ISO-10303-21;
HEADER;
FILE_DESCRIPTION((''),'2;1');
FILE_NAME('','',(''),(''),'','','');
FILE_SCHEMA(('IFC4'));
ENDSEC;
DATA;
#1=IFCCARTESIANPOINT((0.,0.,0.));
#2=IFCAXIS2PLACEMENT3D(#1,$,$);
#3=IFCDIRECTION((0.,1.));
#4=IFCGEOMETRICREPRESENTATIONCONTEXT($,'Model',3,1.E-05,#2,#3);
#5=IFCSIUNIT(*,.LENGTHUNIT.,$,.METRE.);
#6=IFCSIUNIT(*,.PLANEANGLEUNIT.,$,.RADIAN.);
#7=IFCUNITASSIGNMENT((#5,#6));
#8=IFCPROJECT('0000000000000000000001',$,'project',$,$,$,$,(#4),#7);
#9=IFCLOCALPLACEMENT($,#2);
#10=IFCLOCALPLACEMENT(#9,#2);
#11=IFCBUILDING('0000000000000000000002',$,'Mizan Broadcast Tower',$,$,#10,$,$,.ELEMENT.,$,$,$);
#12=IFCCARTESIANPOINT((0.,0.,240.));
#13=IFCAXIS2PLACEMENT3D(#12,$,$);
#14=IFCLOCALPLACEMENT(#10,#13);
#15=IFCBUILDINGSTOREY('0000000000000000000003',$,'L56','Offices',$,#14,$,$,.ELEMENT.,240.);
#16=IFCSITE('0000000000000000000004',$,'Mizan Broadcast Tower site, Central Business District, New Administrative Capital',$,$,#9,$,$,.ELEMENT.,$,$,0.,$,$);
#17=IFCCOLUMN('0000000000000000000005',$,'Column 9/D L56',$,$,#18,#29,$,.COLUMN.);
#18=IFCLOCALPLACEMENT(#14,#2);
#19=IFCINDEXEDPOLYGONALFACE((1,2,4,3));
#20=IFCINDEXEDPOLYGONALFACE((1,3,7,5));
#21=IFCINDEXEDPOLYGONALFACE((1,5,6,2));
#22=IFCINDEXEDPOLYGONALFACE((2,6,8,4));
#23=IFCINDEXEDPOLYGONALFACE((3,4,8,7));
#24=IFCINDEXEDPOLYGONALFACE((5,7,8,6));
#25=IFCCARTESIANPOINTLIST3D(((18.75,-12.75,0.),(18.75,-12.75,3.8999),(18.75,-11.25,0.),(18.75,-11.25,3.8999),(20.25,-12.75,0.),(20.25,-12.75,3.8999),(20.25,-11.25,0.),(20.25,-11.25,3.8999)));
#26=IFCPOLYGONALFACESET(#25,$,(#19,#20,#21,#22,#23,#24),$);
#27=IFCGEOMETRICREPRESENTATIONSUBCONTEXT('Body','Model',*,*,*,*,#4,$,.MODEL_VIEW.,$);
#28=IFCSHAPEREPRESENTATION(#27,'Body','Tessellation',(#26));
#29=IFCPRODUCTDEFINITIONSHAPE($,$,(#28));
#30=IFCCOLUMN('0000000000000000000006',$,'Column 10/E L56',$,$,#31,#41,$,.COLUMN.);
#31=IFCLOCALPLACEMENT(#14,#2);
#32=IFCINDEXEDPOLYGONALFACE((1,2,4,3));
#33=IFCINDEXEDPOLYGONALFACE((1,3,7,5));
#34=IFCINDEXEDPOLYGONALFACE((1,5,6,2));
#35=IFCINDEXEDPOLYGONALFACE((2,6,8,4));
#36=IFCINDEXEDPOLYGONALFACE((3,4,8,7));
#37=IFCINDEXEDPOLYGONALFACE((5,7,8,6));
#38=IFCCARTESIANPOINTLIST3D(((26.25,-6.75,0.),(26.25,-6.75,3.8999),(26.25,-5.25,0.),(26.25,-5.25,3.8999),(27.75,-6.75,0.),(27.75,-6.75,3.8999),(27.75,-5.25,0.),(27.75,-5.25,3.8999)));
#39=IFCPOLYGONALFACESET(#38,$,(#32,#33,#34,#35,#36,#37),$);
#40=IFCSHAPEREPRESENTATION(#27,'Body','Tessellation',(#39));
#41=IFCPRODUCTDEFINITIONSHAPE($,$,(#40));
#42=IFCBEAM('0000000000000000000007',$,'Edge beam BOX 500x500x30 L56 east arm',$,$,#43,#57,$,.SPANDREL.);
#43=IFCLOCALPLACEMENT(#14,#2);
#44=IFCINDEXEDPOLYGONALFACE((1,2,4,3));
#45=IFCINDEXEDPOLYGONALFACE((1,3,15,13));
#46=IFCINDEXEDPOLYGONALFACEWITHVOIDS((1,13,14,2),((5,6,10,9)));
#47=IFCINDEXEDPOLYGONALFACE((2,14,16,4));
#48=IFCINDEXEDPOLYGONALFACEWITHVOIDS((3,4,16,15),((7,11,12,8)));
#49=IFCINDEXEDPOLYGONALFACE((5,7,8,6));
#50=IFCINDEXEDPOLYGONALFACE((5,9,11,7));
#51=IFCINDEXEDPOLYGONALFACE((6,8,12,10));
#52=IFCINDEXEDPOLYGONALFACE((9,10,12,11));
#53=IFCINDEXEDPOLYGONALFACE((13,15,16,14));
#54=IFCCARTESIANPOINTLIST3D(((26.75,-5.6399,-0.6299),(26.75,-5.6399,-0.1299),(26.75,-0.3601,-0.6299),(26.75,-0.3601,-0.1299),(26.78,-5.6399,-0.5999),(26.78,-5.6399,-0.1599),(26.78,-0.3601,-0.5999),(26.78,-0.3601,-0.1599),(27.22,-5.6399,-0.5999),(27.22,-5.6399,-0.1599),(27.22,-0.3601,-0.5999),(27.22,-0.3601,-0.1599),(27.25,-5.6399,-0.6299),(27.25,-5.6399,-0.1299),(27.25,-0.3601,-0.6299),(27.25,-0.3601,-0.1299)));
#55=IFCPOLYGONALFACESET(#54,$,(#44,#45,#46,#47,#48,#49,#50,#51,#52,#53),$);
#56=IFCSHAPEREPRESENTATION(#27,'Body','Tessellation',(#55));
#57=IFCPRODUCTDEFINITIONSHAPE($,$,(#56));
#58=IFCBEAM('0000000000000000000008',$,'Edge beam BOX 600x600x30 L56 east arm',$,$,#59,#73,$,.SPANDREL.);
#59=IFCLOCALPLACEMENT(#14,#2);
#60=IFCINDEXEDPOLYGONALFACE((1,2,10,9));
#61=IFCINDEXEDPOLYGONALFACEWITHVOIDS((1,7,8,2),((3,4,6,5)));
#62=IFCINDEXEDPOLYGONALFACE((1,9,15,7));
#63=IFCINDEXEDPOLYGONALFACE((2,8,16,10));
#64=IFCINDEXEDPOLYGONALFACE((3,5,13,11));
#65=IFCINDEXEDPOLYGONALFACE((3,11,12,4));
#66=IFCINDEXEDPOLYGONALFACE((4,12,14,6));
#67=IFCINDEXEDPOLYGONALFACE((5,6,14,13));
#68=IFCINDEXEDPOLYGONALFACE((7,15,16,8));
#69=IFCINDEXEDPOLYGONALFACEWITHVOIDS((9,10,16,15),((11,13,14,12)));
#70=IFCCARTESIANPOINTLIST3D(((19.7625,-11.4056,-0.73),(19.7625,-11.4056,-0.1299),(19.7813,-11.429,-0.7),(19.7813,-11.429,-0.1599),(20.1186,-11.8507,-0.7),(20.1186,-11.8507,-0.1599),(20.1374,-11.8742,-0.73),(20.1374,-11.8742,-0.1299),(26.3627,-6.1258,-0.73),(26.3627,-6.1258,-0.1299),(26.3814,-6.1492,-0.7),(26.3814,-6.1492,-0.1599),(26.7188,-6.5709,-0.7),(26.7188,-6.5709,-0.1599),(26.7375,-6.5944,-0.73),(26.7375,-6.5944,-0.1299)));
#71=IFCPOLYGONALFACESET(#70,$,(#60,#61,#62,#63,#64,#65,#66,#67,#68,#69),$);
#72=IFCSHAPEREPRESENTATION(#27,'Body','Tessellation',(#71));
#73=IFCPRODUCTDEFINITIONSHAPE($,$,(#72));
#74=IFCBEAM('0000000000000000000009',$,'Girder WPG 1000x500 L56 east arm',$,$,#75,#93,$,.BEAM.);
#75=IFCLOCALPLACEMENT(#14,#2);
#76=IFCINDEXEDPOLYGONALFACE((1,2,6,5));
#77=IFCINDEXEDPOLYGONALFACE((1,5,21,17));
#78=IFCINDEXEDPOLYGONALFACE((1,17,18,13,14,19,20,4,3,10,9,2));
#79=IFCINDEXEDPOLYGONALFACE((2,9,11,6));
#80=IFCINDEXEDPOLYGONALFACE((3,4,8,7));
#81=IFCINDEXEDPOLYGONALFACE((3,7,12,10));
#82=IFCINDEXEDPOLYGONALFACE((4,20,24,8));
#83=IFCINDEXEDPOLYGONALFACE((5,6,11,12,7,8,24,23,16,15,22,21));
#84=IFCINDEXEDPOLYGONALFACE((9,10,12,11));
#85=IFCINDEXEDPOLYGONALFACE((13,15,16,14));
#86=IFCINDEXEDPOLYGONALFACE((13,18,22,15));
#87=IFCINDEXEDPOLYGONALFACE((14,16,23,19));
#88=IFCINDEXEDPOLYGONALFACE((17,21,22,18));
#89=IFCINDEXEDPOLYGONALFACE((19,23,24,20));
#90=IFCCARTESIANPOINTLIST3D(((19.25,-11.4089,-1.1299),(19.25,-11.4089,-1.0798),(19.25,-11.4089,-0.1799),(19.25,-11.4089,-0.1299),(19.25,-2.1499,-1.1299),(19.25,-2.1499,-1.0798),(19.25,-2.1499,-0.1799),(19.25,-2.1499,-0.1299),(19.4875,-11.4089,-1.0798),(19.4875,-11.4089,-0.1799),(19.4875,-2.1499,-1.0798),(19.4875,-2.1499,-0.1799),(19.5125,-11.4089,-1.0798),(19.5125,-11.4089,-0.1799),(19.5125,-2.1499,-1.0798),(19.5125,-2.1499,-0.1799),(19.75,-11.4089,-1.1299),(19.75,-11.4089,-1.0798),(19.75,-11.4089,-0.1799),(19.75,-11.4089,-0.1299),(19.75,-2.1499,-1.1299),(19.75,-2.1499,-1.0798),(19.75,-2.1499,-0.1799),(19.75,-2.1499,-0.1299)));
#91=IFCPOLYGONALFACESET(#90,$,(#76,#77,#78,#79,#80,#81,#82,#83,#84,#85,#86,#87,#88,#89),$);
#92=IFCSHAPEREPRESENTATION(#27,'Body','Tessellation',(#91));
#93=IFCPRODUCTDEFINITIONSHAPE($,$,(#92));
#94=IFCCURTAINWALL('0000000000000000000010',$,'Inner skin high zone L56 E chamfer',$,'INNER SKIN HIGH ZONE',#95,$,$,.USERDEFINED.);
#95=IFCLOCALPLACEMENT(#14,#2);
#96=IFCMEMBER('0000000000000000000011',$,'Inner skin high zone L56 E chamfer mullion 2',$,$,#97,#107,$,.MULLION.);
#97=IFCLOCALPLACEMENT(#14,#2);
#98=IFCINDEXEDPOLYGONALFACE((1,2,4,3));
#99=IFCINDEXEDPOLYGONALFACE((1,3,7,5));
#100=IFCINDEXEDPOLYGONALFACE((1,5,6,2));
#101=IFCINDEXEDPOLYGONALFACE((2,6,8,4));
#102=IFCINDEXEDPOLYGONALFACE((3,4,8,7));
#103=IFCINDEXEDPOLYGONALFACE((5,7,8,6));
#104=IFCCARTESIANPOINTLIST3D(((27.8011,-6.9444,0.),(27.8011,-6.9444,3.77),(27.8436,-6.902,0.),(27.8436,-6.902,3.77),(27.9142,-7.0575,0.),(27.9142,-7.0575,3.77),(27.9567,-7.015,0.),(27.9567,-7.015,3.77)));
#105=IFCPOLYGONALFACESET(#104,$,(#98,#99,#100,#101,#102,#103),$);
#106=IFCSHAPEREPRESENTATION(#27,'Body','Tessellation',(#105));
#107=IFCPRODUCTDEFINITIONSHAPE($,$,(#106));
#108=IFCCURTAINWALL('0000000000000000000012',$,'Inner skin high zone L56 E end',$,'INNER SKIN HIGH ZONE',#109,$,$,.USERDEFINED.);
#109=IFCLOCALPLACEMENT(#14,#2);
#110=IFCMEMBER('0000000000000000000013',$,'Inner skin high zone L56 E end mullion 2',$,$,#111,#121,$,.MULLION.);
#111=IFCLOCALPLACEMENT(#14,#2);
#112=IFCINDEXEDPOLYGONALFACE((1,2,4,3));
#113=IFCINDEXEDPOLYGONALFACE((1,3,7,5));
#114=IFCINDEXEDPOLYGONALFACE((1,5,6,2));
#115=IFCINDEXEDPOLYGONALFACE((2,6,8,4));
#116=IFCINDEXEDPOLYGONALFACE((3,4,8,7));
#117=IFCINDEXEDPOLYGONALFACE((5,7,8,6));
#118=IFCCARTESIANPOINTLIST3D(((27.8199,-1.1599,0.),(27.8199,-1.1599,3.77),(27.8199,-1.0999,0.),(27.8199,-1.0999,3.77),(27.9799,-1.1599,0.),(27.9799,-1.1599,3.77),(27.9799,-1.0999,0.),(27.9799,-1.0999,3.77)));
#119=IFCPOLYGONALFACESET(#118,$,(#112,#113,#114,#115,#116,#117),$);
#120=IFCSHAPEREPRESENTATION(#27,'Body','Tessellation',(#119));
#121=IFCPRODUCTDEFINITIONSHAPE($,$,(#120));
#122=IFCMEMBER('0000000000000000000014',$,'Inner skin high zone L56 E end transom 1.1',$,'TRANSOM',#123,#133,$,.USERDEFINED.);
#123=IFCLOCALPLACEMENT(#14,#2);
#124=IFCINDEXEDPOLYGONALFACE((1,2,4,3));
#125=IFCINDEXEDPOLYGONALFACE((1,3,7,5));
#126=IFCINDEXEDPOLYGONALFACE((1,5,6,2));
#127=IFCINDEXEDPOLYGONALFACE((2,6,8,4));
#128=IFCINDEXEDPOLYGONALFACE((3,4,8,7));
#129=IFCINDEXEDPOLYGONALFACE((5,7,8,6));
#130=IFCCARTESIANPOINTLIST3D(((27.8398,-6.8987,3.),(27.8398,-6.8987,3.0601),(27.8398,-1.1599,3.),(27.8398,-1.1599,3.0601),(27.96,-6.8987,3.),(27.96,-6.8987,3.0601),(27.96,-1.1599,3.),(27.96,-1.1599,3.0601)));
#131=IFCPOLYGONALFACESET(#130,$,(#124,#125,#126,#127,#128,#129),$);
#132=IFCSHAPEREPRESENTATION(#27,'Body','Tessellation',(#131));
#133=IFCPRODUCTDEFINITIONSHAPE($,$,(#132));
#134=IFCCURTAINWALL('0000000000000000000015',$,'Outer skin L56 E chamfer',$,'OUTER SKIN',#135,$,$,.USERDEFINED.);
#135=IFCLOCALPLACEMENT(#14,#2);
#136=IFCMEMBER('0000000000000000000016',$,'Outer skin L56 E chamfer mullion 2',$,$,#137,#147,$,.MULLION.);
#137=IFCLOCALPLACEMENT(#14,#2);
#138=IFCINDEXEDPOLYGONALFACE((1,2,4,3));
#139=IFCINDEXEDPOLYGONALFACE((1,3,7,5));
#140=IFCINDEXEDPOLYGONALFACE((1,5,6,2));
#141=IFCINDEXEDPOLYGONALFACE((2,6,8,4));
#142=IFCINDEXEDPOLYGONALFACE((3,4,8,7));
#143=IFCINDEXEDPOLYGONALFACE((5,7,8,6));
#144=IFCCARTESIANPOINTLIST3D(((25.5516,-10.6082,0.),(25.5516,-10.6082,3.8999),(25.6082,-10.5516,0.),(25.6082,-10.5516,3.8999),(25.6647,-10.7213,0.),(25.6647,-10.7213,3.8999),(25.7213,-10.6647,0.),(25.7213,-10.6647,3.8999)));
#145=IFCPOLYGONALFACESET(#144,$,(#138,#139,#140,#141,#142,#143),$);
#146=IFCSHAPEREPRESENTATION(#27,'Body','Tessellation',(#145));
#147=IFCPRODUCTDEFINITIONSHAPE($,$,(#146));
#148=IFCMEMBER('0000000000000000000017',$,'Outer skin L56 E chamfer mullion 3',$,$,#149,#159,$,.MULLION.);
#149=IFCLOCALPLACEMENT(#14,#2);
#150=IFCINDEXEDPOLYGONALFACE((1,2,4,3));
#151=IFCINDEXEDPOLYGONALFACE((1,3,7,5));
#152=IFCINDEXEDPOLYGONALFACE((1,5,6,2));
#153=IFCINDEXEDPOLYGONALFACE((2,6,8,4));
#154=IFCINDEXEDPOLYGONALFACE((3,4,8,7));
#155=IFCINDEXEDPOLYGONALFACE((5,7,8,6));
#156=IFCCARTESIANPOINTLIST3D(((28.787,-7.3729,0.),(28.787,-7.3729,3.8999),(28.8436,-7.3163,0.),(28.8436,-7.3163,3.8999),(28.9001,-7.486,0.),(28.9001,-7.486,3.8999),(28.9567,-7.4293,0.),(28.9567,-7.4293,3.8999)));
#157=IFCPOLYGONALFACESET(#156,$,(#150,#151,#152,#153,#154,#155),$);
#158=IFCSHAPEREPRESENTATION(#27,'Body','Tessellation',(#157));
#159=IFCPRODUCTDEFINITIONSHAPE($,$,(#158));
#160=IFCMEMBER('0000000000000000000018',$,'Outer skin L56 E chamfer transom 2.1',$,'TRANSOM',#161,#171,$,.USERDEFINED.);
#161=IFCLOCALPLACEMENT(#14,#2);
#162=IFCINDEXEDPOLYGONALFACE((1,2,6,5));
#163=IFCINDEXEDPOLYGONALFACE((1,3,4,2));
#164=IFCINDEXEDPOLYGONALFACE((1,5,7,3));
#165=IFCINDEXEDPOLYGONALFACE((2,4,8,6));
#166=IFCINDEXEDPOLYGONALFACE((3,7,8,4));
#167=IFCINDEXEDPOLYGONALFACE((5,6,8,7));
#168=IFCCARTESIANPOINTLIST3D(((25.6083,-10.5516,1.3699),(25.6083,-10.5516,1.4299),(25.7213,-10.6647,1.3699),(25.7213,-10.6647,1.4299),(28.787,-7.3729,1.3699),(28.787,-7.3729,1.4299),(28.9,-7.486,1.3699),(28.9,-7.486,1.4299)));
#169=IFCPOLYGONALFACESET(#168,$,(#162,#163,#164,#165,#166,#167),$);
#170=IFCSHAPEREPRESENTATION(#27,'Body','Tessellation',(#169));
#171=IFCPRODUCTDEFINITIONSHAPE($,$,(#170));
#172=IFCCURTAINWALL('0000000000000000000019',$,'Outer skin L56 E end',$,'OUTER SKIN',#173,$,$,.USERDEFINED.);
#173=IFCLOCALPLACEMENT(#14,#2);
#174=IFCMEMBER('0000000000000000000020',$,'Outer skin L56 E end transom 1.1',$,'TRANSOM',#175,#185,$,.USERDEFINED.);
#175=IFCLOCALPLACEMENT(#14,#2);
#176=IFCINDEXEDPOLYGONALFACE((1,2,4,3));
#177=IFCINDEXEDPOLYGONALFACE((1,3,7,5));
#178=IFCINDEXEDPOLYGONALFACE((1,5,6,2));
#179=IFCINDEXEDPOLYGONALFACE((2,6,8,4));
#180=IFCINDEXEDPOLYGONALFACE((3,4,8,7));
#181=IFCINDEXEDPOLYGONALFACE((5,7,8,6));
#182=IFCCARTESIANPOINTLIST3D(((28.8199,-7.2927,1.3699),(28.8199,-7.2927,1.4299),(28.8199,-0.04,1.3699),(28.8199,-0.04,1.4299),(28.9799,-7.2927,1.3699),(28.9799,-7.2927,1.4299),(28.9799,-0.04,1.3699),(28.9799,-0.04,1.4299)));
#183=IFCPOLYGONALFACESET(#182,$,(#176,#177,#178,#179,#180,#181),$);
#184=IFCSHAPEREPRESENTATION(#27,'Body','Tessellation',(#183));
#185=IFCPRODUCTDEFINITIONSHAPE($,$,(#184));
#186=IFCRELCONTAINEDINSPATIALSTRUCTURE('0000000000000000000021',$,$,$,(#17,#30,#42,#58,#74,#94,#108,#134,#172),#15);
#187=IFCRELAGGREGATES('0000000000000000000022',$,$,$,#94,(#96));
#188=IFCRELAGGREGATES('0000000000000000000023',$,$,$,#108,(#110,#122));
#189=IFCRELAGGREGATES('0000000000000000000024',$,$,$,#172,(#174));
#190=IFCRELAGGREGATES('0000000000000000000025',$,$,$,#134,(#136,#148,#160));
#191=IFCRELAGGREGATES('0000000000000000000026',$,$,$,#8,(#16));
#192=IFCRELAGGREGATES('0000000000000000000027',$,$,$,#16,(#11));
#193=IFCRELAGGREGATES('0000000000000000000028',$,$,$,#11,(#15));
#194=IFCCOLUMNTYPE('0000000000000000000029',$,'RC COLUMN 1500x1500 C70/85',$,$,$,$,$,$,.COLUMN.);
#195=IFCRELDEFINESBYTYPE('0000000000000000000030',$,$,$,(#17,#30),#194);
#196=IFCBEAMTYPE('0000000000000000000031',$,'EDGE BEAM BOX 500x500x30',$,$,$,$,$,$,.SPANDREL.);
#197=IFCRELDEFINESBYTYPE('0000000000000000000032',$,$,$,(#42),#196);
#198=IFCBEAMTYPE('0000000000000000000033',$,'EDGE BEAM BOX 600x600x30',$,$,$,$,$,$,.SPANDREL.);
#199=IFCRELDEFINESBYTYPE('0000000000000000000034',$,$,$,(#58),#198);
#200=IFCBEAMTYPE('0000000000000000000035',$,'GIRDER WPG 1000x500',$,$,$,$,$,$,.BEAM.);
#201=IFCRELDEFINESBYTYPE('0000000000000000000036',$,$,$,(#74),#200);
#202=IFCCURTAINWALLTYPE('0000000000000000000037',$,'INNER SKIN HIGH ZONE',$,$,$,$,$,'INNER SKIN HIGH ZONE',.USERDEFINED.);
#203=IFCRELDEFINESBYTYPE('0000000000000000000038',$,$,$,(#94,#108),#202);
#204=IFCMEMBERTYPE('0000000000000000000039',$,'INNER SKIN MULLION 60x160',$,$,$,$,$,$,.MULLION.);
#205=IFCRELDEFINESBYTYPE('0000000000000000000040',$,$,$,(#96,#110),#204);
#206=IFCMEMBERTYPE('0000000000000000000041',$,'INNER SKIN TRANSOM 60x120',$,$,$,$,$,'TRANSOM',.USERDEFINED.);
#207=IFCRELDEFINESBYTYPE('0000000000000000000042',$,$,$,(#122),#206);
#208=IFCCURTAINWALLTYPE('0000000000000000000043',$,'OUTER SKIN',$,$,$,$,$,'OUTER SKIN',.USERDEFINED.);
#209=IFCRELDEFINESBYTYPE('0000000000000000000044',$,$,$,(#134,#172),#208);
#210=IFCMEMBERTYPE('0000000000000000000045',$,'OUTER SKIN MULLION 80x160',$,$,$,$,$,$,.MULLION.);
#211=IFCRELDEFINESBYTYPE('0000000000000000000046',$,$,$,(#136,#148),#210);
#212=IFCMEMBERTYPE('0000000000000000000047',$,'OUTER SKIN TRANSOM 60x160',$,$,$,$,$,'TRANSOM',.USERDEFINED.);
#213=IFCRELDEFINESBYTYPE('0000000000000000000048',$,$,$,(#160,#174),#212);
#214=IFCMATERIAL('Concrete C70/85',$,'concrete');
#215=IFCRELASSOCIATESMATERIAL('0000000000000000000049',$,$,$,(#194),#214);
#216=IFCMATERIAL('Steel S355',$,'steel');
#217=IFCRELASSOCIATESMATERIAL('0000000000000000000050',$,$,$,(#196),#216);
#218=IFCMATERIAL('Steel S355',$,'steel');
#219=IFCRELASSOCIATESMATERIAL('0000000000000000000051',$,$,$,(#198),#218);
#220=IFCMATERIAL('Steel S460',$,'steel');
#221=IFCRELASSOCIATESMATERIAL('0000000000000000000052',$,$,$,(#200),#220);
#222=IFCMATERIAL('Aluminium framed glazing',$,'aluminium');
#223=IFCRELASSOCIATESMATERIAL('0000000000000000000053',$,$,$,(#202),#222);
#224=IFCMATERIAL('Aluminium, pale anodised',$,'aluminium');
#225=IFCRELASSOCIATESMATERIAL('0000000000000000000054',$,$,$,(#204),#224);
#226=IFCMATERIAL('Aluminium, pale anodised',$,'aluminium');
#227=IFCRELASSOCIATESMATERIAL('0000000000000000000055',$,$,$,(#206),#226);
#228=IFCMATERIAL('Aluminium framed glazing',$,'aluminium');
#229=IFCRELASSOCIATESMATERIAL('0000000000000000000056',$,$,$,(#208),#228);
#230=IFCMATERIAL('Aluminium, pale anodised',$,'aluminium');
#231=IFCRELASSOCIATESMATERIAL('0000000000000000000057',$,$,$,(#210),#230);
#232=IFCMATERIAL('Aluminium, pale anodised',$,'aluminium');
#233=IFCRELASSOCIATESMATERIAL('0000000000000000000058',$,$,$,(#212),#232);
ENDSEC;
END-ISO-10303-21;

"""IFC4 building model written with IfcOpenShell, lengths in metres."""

from ifc_helpers import new_model, si_unit, direction, frame, origin, origin_2d, place, context, subcontext, project, spatial, rectangle, hollow_rectangle, i_section, extrude, material, material_profile, profile_set, type_object, element, aggregate, save


model = new_model("IFC4")

# Units and contexts
model_context = context("Model", 3, precision=1e-05, world=origin(), true_north=direction((0.0, 1.0)))
body_context = subcontext(model_context, "Body", "Model", "MODEL_VIEW")
ifc_project = project(units=[si_unit("LENGTHUNIT", "METRE"), si_unit("PLANEANGLEUNIT", "RADIAN")], contexts=[model_context])

# Site, building, storey
site_placement = place(None, origin())
site = spatial("IfcSite", under=ifc_project, at=site_placement, Name="Mizan Broadcast Tower site, Central Business District, New Administrative Capital", CompositionType="ELEMENT", RefElevation=0.0)
building_placement = place(site_placement, origin())
building = spatial("IfcBuilding", under=site, at=building_placement, Name="Mizan Broadcast Tower", CompositionType="ELEMENT")
storey_placement = place(building_placement, frame((0.0, 0.0, 240.0)))
storey = spatial("IfcBuildingStorey", under=building, at=storey_placement, Name="L56", Description="Offices", CompositionType="ELEMENT", Elevation=240.0)

# Columns
ifc_material_1 = material(Name="Concrete C70/85", Category="concrete")
ifc_material_profile_1 = material_profile(ifc_material_1, rectangle(XDim=1.5, YDim=1.5, at=origin_2d()), Name="RC 1500x1500")
ifc_profile_set_1 = profile_set([ifc_material_profile_1], Name="Concrete C70/85")
column_type = type_object("IfcColumnType", Name="RC COLUMN 1500x1500 C70/85", PredefinedType="COLUMN", material=ifc_profile_set_1)
for number, where, z_axis, x_axis, name in (
    (1, (19.5, -12.0, 0.0), (0.0, 0.0, 1.0), (1.0, 0.0, 0.0), "Column 9/D L56"),
    (2, (27.0, -6.0, 0.0), (0.0, 0.0, 1.0), (1.0, 0.0, 0.0), "Column 10/E L56"),
):
    element("IfcColumn", number, at=place(storey_placement, frame(where, z_axis=z_axis, x_axis=x_axis)), inside=storey, type_object=column_type, Name=name, PredefinedType="COLUMN", context=body_context, shape_type="SweptSolid", body=[
        extrude(rectangle(XDim=1.5, YDim=1.5, at=origin_2d()), origin(), (0.0, 0.0, 1.0), 3.8999),
    ])

# Beams
ifc_material_2 = material(Name="Steel S355", Category="steel")
ifc_material_profile_2 = material_profile(ifc_material_2, hollow_rectangle(XDim=0.5, YDim=0.5, WallThickness=0.03, at=origin_2d()), Name="BOX 500x500x30")
ifc_profile_set_2 = profile_set([ifc_material_profile_2], Name="Steel S355")
beam_type_1 = type_object("IfcBeamType", Name="EDGE BEAM BOX 500x500x30", PredefinedType="SPANDREL", material=ifc_profile_set_2)
beam_1_placement = place(storey_placement, frame((27.0, -5.6399, -0.3799), z_axis=(0.0, 1.0, 0.0), x_axis=(-1.0, 0.0, 0.0)))
element("IfcBeam", 3, at=beam_1_placement, inside=storey, type_object=beam_type_1, Name="Edge beam BOX 500x500x30 L56 east arm", PredefinedType="SPANDREL", context=body_context, shape_type="SweptSolid", body=[
    extrude(hollow_rectangle(XDim=0.5, YDim=0.5, WallThickness=0.03, at=origin_2d()), origin(), (0.0, 0.0, 1.0), 5.2798),
])
ifc_material_3 = material(Name="Steel S355", Category="steel")
ifc_material_profile_3 = material_profile(ifc_material_3, hollow_rectangle(XDim=0.6001, YDim=0.6001, WallThickness=0.03, at=origin_2d()), Name="BOX 600x600x30")
ifc_profile_set_3 = profile_set([ifc_material_profile_3], Name="Steel S355")
beam_type_2 = type_object("IfcBeamType", Name="EDGE BEAM BOX 600x600x30", PredefinedType="SPANDREL", material=ifc_profile_set_3)
beam_2_placement = place(storey_placement, frame((19.95, -11.6399, -0.4299), z_axis=(0.780886, 0.624674, 0.0), x_axis=(-0.624674, 0.780886, 0.0)))
element("IfcBeam", 4, at=beam_2_placement, inside=storey, type_object=beam_type_2, Name="Edge beam BOX 600x600x30 L56 east arm", PredefinedType="SPANDREL", context=body_context, shape_type="SweptSolid", body=[
    extrude(hollow_rectangle(XDim=0.6001, YDim=0.6001, WallThickness=0.03, at=origin_2d()), origin(), (0.0, 0.0, 1.0), 8.4521),
])
ifc_material_4 = material(Name="Steel S460", Category="steel")
ifc_material_profile_4 = material_profile(ifc_material_4, i_section(OverallWidth=0.5, OverallDepth=1.0, WebThickness=0.0249, FlangeThickness=0.05, at=origin_2d()), Name="WPG 1000x500")
ifc_profile_set_4 = profile_set([ifc_material_profile_4], Name="Steel S460")
beam_type_3 = type_object("IfcBeamType", Name="GIRDER WPG 1000x500", PredefinedType="BEAM", material=ifc_profile_set_4)
beam_3_placement = place(storey_placement, frame((19.5, -11.4089, -0.6299), z_axis=(0.0, 1.0, 0.0), x_axis=(-1.0, 0.0, 0.0)))
element("IfcBeam", 5, at=beam_3_placement, inside=storey, type_object=beam_type_3, Name="Girder WPG 1000x500 L56 east arm", PredefinedType="BEAM", context=body_context, shape_type="SweptSolid", body=[
    extrude(i_section(OverallWidth=0.5, OverallDepth=1.0, WebThickness=0.0249, FlangeThickness=0.05, at=origin_2d()), origin(), (0.0, 0.0, 1.0), 9.259),
])

# Curtain wall, member
ifc_material_5 = material(Name="Aluminium framed glazing", Category="aluminium")
curtain_wall_type_1 = type_object("IfcCurtainWallType", Name="INNER SKIN HIGH ZONE", ElementType="INNER SKIN HIGH ZONE", PredefinedType="USERDEFINED", material=ifc_material_5)
curtain_wall_1_placement = place(storey_placement, origin())
curtain_wall_1 = element("IfcCurtainWall", 6, at=curtain_wall_1_placement, inside=storey, type_object=curtain_wall_type_1, Name="Inner skin high zone L56 E chamfer", ObjectType="INNER SKIN HIGH ZONE", PredefinedType="USERDEFINED")
ifc_material_6 = material(Name="Aluminium, pale anodised", Category="aluminium")
ifc_material_profile_5 = material_profile(ifc_material_6, rectangle(XDim=0.1599, YDim=0.0601, at=origin_2d()), Name="MULLION 160x60")
ifc_profile_set_5 = profile_set([ifc_material_profile_5], Name="Aluminium, pale anodised")
member_type_1 = type_object("IfcMemberType", Name="INNER SKIN MULLION 60x160", PredefinedType="MULLION", material=ifc_profile_set_5)
member_1_placement = place(storey_placement, frame((27.8789, -6.9797, 0.0), z_axis=(0.0, 0.0, 1.0), x_axis=(-0.707107, 0.707107, 0.0)))
member_1 = element("IfcMember", 7, at=member_1_placement, type_object=member_type_1, Name="Inner skin high zone L56 E chamfer mullion 2", PredefinedType="MULLION", context=body_context, shape_type="SweptSolid", body=[
    extrude(rectangle(XDim=0.1599, YDim=0.0601, at=origin_2d()), origin(), (0.0, 0.0, 1.0), 3.77),
])

# Curtain walls, members
curtain_wall_2_placement = place(storey_placement, origin())
curtain_wall_2 = element("IfcCurtainWall", 8, at=curtain_wall_2_placement, inside=storey, type_object=curtain_wall_type_1, Name="Inner skin high zone L56 E end", ObjectType="INNER SKIN HIGH ZONE", PredefinedType="USERDEFINED")
member_2_placement = place(storey_placement, frame((27.8999, -1.1299, 0.0), z_axis=(0.0, 0.0, 1.0), x_axis=(-1.0, 0.0, 0.0)))
member_2 = element("IfcMember", 9, at=member_2_placement, type_object=member_type_1, Name="Inner skin high zone L56 E end mullion 2", PredefinedType="MULLION", context=body_context, shape_type="SweptSolid", body=[
    extrude(rectangle(XDim=0.1599, YDim=0.0601, at=origin_2d()), origin(), (0.0, 0.0, 1.0), 3.77),
])
ifc_material_7 = material(Name="Aluminium, pale anodised", Category="aluminium")
ifc_material_profile_6 = material_profile(ifc_material_7, rectangle(XDim=0.1201, YDim=0.0601, at=origin_2d()), Name="TRANSOM 120x60")
ifc_profile_set_6 = profile_set([ifc_material_profile_6], Name="Aluminium, pale anodised")
member_type_2 = type_object("IfcMemberType", Name="INNER SKIN TRANSOM 60x120", ElementType="TRANSOM", PredefinedType="USERDEFINED", material=ifc_profile_set_6)
member_3_placement = place(storey_placement, frame((27.8999, -6.8987, 3.03), z_axis=(0.0, 1.0, 0.0), x_axis=(-1.0, 0.0, 0.0)))
member_3 = element("IfcMember", 10, at=member_3_placement, type_object=member_type_2, Name="Inner skin high zone L56 E end transom 1.1", ObjectType="TRANSOM", PredefinedType="USERDEFINED", context=body_context, shape_type="SweptSolid", body=[
    extrude(rectangle(XDim=0.1201, YDim=0.0601, at=origin_2d()), origin(), (0.0, 0.0, 1.0), 5.7388),
])
ifc_material_8 = material(Name="Aluminium framed glazing", Category="aluminium")
curtain_wall_type_2 = type_object("IfcCurtainWallType", Name="OUTER SKIN", ElementType="OUTER SKIN", PredefinedType="USERDEFINED", material=ifc_material_8)
curtain_wall_3_placement = place(storey_placement, origin())
curtain_wall_3 = element("IfcCurtainWall", 11, at=curtain_wall_3_placement, inside=storey, type_object=curtain_wall_type_2, Name="Outer skin L56 E chamfer", ObjectType="OUTER SKIN", PredefinedType="USERDEFINED")
ifc_material_9 = material(Name="Aluminium, pale anodised", Category="aluminium")
ifc_material_profile_7 = material_profile(ifc_material_9, rectangle(XDim=0.1599, YDim=0.0801, at=origin_2d()), Name="MULLION 160x80")
ifc_profile_set_7 = profile_set([ifc_material_profile_7], Name="Aluminium, pale anodised")
member_type_3 = type_object("IfcMemberType", Name="OUTER SKIN MULLION 80x160", PredefinedType="MULLION", material=ifc_profile_set_7)
member_4_placement = place(storey_placement, frame((25.6365, -10.6365, 0.0), z_axis=(0.0, 0.0, 1.0), x_axis=(-0.707107, 0.707107, 0.0)))
member_4 = element("IfcMember", 12, at=member_4_placement, type_object=member_type_3, Name="Outer skin L56 E chamfer mullion 2", PredefinedType="MULLION", context=body_context, shape_type="SweptSolid", body=[
    extrude(rectangle(XDim=0.1599, YDim=0.0801, at=origin_2d()), origin(), (0.0, 0.0, 1.0), 3.8999),
])
member_5_placement = place(storey_placement, frame((28.8718, -7.4011, 0.0), z_axis=(0.0, 0.0, 1.0), x_axis=(-0.707107, 0.707107, 0.0)))
member_5 = element("IfcMember", 13, at=member_5_placement, type_object=member_type_3, Name="Outer skin L56 E chamfer mullion 3", PredefinedType="MULLION", context=body_context, shape_type="SweptSolid", body=[
    extrude(rectangle(XDim=0.1599, YDim=0.0801, at=origin_2d()), origin(), (0.0, 0.0, 1.0), 3.8999),
])
ifc_material_10 = material(Name="Aluminium, pale anodised", Category="aluminium")
ifc_material_profile_8 = material_profile(ifc_material_10, rectangle(XDim=0.1599, YDim=0.0601, at=origin_2d()), Name="TRANSOM 160x60")
ifc_profile_set_8 = profile_set([ifc_material_profile_8], Name="Aluminium, pale anodised")
member_type_4 = type_object("IfcMemberType", Name="OUTER SKIN TRANSOM 60x160", ElementType="TRANSOM", PredefinedType="USERDEFINED", material=ifc_profile_set_8)
member_6_placement = place(storey_placement, frame((25.6648, -10.6082, 1.3999), z_axis=(0.707107, 0.707107, 0.0), x_axis=(-0.707107, 0.707107, 0.0)))
member_6 = element("IfcMember", 14, at=member_6_placement, type_object=member_type_4, Name="Outer skin L56 E chamfer transom 2.1", ObjectType="TRANSOM", PredefinedType="USERDEFINED", context=body_context, shape_type="SweptSolid", body=[
    extrude(rectangle(XDim=0.1599, YDim=0.0601, at=origin_2d()), origin(), (0.0, 0.0, 1.0), 4.4954),
])

# Curtain wall, member
curtain_wall_4_placement = place(storey_placement, origin())
curtain_wall_4 = element("IfcCurtainWall", 15, at=curtain_wall_4_placement, inside=storey, type_object=curtain_wall_type_2, Name="Outer skin L56 E end", ObjectType="OUTER SKIN", PredefinedType="USERDEFINED")
member_7_placement = place(storey_placement, frame((28.8999, -7.2927, 1.3999), z_axis=(0.0, 1.0, 0.0), x_axis=(-1.0, 0.0, 0.0)))
member_7 = element("IfcMember", 16, at=member_7_placement, type_object=member_type_4, Name="Outer skin L56 E end transom 1.1", ObjectType="TRANSOM", PredefinedType="USERDEFINED", context=body_context, shape_type="SweptSolid", body=[
    extrude(rectangle(XDim=0.1599, YDim=0.0601, at=origin_2d()), origin(), (0.0, 0.0, 1.0), 7.2527),
])

aggregate(curtain_wall_1, [member_1])
aggregate(curtain_wall_2, [member_2, member_3])
aggregate(curtain_wall_4, [member_7])
aggregate(curtain_wall_3, [member_4, member_5, member_6])

save(model, "model.ifc")
